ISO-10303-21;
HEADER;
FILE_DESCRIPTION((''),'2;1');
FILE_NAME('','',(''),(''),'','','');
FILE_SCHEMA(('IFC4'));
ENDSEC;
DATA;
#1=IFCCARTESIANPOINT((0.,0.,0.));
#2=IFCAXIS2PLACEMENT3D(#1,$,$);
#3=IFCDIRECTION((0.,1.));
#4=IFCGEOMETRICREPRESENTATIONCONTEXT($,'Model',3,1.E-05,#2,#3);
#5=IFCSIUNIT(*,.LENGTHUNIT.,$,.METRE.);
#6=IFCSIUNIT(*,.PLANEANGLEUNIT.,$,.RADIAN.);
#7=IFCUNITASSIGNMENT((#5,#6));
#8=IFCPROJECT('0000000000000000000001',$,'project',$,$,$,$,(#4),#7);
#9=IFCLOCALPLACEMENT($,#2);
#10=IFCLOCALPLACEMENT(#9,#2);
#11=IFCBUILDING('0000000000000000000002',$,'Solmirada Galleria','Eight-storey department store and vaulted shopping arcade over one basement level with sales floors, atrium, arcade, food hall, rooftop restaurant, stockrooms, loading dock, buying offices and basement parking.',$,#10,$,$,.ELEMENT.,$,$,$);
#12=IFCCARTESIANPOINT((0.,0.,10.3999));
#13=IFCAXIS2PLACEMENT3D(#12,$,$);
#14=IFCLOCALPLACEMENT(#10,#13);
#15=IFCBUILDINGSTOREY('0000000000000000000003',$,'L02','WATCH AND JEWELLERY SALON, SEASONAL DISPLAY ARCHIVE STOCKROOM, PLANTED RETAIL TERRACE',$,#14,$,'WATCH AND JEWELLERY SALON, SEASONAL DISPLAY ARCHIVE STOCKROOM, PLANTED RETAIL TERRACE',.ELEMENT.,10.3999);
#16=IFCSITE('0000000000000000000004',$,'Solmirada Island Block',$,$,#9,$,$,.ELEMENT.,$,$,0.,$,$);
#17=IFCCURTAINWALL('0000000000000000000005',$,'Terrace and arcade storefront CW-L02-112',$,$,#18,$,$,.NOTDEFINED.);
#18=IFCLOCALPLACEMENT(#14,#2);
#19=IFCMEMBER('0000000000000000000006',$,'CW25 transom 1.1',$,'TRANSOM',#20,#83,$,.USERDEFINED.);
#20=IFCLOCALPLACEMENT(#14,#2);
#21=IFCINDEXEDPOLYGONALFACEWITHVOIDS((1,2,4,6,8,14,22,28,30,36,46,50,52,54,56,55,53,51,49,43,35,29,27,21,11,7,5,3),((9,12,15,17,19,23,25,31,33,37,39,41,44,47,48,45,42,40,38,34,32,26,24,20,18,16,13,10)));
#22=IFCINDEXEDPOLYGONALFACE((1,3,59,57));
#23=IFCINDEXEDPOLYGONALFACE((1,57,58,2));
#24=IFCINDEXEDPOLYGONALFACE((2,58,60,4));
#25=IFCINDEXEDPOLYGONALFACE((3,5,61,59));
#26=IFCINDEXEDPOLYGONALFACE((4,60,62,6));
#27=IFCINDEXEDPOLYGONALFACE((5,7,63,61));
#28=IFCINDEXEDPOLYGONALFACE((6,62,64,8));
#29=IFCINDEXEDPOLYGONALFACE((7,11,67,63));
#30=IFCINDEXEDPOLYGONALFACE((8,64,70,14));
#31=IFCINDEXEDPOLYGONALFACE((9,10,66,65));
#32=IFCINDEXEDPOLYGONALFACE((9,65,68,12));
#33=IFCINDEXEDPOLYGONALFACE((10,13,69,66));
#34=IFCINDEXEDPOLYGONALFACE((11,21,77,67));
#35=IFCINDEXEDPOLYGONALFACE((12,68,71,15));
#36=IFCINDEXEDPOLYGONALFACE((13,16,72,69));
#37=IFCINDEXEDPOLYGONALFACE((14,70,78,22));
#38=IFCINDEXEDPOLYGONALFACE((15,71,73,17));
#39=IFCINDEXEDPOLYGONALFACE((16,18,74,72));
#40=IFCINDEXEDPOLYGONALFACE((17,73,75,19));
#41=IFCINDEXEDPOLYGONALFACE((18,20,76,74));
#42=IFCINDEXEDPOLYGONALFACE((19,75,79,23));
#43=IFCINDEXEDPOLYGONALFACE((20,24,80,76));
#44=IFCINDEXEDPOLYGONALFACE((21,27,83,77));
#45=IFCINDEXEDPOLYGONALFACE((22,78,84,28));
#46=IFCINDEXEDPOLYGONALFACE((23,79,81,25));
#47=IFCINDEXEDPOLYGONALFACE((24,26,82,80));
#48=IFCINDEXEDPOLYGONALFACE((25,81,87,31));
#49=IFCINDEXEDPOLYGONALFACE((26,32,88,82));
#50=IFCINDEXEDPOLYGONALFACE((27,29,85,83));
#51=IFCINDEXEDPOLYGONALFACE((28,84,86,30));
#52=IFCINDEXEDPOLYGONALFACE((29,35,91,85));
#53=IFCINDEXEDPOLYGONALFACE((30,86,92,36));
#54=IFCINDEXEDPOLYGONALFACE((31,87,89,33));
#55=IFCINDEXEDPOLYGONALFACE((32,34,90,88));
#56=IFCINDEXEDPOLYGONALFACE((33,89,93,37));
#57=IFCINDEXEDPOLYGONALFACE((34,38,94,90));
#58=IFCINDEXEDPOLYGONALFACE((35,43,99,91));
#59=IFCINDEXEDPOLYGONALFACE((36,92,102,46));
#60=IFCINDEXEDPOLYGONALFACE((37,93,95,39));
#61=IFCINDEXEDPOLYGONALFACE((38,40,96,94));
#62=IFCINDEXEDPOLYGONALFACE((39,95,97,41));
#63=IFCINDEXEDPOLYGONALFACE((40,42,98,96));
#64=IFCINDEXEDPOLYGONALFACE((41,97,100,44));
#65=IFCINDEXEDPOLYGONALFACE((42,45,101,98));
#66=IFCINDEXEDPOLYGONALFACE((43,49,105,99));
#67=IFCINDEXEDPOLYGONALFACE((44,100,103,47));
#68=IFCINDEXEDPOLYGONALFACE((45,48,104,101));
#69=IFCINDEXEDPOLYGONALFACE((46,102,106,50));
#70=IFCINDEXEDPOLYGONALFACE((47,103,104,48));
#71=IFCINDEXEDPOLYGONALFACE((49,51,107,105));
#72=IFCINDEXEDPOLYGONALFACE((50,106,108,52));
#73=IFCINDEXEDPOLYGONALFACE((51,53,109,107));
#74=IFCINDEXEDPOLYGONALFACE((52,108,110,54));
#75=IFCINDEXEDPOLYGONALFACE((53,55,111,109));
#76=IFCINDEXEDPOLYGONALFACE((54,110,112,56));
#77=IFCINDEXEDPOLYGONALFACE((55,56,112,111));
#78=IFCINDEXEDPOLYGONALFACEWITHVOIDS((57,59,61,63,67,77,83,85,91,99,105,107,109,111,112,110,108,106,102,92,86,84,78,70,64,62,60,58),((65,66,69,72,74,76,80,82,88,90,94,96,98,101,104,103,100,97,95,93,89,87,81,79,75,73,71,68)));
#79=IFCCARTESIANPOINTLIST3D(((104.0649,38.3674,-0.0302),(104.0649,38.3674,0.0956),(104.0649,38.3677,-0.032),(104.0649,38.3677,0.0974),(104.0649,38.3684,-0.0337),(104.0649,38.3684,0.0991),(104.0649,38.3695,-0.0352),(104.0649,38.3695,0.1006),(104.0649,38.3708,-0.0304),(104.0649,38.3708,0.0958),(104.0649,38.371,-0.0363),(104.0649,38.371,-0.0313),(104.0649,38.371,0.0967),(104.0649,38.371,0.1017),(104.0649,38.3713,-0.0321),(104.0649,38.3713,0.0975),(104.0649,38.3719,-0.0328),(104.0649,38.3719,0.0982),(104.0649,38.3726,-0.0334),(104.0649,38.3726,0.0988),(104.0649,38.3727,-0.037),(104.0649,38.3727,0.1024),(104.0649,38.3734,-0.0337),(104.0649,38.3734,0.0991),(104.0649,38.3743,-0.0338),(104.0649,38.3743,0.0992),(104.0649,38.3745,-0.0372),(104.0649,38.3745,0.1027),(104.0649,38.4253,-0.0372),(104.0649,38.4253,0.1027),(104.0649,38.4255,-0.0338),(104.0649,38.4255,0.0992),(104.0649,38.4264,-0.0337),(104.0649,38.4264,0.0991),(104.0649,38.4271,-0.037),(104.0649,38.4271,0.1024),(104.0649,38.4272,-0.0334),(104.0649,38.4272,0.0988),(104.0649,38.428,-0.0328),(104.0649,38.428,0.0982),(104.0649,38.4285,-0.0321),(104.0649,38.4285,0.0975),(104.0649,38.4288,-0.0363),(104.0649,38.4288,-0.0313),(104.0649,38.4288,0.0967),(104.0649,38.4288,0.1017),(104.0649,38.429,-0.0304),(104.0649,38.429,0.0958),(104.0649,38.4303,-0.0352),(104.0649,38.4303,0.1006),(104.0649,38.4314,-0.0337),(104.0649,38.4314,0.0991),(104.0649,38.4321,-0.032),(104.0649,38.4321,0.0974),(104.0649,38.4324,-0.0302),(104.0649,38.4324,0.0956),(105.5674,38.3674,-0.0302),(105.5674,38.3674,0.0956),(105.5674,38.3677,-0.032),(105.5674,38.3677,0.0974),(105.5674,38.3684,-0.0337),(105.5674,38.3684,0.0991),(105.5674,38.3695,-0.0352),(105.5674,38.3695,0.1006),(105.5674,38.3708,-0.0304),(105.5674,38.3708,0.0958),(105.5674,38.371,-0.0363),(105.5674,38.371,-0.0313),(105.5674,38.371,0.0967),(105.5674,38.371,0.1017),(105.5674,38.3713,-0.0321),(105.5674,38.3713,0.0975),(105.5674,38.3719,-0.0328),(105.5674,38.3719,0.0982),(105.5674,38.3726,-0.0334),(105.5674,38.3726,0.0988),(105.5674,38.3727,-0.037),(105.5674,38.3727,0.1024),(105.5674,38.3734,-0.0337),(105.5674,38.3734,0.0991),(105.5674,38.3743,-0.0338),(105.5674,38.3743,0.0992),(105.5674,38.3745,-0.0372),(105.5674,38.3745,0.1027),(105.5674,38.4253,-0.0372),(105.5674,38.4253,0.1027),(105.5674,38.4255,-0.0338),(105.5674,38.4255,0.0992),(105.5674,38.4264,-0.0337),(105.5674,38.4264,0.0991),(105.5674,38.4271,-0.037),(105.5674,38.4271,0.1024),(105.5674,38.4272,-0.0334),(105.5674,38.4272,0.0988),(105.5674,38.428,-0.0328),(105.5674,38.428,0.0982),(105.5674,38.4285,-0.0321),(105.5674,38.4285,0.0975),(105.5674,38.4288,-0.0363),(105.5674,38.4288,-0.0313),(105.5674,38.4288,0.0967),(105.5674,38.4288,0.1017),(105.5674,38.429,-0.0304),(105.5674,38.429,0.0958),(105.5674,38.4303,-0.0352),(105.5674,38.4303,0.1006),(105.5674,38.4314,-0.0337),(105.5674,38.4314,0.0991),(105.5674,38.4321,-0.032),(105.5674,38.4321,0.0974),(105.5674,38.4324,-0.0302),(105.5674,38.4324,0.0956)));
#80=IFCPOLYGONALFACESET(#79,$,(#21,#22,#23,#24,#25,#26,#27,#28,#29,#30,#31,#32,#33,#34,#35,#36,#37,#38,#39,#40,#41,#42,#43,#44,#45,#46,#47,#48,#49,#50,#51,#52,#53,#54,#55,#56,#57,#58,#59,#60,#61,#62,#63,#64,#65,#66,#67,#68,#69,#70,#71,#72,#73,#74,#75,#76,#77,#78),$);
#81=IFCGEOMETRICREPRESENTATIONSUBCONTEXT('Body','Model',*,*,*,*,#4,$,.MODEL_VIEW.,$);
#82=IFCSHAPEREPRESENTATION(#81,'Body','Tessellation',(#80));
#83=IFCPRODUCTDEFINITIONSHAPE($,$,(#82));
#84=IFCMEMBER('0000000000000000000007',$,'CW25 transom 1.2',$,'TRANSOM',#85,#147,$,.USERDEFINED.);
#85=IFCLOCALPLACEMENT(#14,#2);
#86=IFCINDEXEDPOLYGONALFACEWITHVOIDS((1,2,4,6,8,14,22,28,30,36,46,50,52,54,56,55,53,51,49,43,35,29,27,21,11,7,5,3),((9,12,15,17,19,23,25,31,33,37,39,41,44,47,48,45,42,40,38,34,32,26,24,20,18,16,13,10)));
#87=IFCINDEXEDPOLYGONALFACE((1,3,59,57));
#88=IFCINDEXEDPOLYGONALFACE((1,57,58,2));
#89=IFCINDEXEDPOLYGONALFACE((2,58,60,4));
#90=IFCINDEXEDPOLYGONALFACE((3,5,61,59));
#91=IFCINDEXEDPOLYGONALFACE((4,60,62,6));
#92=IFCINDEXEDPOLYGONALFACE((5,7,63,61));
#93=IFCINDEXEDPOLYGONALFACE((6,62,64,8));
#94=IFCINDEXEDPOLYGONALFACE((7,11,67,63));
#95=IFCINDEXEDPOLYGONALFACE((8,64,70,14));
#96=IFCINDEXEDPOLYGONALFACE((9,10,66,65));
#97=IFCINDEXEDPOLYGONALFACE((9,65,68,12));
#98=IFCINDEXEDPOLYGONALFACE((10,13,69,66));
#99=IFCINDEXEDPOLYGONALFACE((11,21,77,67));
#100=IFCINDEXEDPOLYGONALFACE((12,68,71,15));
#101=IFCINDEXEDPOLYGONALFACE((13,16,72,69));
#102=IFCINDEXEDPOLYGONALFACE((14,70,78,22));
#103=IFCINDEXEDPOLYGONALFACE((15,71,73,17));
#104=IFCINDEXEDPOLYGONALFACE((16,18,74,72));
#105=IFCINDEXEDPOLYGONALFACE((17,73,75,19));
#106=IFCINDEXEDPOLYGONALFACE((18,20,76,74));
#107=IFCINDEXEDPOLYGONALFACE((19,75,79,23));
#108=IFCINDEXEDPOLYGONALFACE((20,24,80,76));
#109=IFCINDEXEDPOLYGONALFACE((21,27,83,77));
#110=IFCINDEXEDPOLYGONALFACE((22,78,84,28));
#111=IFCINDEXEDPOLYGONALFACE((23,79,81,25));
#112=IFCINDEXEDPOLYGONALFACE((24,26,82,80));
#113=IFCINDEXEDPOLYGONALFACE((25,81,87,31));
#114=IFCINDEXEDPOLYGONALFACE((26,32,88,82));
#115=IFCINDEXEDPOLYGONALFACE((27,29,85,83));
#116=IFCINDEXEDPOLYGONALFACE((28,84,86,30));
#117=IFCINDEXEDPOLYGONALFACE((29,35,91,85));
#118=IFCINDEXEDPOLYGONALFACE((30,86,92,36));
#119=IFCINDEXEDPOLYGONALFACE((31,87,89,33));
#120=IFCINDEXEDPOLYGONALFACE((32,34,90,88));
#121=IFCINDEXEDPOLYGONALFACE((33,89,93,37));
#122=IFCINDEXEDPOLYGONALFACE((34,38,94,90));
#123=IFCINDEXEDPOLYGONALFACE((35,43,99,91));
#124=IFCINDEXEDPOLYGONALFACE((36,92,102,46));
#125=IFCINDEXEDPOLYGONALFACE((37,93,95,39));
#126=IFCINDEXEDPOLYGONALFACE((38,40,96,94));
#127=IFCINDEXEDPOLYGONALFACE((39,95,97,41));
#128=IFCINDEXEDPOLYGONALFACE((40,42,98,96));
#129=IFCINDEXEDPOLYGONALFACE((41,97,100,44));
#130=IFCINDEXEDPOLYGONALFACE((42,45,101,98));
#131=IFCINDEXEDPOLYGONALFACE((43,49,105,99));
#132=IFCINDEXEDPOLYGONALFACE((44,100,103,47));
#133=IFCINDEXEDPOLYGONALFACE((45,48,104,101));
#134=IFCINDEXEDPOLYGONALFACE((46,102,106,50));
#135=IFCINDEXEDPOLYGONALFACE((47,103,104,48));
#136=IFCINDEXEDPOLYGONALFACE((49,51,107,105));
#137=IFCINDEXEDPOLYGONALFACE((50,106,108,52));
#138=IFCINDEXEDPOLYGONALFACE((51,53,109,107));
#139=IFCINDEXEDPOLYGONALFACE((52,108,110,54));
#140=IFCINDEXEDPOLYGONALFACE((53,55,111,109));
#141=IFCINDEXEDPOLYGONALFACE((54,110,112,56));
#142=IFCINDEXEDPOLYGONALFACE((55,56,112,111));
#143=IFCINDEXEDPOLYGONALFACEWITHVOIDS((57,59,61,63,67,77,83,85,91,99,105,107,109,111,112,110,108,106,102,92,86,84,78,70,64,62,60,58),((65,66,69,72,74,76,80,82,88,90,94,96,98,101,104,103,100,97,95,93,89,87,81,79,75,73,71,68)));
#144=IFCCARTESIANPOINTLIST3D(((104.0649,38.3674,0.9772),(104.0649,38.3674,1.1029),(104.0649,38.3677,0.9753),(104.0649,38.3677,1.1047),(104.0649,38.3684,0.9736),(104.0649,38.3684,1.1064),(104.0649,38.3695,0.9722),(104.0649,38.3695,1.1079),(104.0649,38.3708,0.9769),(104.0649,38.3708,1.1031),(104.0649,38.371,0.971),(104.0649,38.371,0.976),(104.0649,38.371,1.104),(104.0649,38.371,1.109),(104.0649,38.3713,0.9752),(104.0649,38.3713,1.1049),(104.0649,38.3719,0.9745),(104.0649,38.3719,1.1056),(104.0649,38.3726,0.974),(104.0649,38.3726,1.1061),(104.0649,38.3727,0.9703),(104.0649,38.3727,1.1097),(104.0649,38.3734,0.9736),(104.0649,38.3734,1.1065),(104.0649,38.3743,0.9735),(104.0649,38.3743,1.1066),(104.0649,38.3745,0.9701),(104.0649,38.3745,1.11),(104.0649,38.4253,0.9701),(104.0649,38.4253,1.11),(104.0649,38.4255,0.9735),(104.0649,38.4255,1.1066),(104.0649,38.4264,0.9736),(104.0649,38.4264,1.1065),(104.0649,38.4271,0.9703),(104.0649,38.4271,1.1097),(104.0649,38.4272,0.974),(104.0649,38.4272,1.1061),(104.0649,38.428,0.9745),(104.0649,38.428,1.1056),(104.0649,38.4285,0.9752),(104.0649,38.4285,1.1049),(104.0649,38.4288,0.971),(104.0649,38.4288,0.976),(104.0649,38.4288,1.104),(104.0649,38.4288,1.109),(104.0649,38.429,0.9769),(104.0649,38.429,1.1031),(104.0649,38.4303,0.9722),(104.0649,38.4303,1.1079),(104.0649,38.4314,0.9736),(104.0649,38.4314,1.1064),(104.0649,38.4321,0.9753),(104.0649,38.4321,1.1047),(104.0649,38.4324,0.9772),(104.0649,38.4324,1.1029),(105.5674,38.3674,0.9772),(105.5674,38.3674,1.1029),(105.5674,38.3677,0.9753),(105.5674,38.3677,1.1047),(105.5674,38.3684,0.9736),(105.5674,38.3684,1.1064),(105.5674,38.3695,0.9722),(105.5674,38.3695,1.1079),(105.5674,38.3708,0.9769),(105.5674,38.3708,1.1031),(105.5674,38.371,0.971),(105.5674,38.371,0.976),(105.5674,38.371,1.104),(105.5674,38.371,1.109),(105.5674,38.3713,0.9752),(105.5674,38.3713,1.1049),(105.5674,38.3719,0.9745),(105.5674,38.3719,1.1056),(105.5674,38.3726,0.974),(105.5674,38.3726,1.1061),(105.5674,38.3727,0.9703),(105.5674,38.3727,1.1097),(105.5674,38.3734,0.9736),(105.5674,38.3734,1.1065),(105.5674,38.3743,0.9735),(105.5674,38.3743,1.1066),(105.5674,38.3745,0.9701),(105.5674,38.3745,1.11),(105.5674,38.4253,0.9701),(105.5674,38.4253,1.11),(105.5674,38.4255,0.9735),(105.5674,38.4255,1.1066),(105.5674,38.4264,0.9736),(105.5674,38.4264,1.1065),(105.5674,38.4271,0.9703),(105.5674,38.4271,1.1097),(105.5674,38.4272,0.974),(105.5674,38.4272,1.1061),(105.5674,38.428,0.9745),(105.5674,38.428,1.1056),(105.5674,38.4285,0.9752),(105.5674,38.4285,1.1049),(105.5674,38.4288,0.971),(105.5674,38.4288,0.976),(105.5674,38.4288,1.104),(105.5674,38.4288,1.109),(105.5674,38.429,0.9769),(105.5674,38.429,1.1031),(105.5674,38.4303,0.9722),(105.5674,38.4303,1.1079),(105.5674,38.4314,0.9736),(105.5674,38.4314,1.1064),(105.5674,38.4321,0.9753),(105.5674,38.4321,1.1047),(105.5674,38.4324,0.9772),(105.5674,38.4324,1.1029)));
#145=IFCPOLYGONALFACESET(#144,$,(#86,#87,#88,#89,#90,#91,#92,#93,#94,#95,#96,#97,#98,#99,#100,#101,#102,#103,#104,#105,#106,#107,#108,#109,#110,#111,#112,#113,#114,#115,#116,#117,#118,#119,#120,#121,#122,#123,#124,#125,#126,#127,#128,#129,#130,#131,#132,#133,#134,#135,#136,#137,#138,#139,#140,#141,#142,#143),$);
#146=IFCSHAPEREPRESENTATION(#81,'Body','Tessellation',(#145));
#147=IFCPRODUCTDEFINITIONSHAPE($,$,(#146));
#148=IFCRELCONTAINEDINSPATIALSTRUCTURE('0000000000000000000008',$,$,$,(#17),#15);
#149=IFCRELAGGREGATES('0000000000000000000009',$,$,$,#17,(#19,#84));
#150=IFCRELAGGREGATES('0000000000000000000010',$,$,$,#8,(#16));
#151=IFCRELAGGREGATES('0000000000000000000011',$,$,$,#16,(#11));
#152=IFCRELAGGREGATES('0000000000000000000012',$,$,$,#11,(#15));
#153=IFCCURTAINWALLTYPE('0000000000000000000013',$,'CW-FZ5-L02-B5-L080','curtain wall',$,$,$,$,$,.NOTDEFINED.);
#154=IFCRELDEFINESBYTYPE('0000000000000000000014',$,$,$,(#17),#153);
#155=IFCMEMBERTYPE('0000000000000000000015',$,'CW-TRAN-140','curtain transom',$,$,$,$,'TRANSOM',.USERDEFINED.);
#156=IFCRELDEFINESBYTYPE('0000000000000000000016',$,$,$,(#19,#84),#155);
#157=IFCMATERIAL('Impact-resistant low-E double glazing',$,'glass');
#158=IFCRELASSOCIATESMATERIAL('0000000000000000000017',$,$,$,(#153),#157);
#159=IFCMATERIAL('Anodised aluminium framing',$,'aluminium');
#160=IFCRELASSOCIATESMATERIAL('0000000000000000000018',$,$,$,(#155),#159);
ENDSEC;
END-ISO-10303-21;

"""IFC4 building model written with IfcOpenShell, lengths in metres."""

from ifc_helpers import new_model, si_unit, direction, frame, origin, origin_2d, place, context, subcontext, project, spatial, hollow_rectangle, extrude, material, material_profile, profile_set, type_object, element, aggregate, save


model = new_model("IFC4")

# Units and contexts
model_context = context("Model", 3, precision=1e-05, world=origin(), true_north=direction((0.0, 1.0)))
body_context = subcontext(model_context, "Body", "Model", "MODEL_VIEW")
ifc_project = project(units=[si_unit("LENGTHUNIT", "METRE"), si_unit("PLANEANGLEUNIT", "RADIAN")], contexts=[model_context])

# Site, building, storey
site_placement = place(None, origin())
site = spatial("IfcSite", under=ifc_project, at=site_placement, Name="Solmirada Island Block", CompositionType="ELEMENT", RefElevation=0.0)
building_placement = place(site_placement, origin())
building = spatial("IfcBuilding", under=site, at=building_placement, Name="Solmirada Galleria", Description="Eight-storey department store and vaulted shopping arcade over one basement level with sales floors, atrium, arcade, food hall, rooftop restaurant, stockrooms, loading dock, buying offices and basement parking.", CompositionType="ELEMENT")
storey_placement = place(building_placement, frame((0.0, 0.0, 10.3999)))
storey = spatial("IfcBuildingStorey", under=building, at=storey_placement, Name="L02", Description="WATCH AND JEWELLERY SALON, SEASONAL DISPLAY ARCHIVE STOCKROOM, PLANTED RETAIL TERRACE", LongName="WATCH AND JEWELLERY SALON, SEASONAL DISPLAY ARCHIVE STOCKROOM, PLANTED RETAIL TERRACE", CompositionType="ELEMENT", Elevation=10.3999)

# Curtain wall
ifc_material_1 = material(Name="Impact-resistant low-E double glazing", Category="glass")
curtain_wall_type = type_object("IfcCurtainWallType", Name="CW-FZ5-L02-B5-L080", Description="curtain wall", PredefinedType="NOTDEFINED", material=ifc_material_1)
ifc_material_2 = material(Name="Anodised aluminium framing", Category="aluminium")
curtain_wall_1_placement = place(storey_placement, origin())
curtain_wall_1 = element("IfcCurtainWall", 1, at=curtain_wall_1_placement, inside=storey, type_object=curtain_wall_type, Name="Terrace and arcade storefront CW-L02-112", PredefinedType="NOTDEFINED")

# Members
ifc_material_profile_1 = material_profile(ifc_material_2, hollow_rectangle(XDim=0.0649, YDim=0.1399, WallThickness=0.0034, InnerFilletRadius=0.0034, OuterFilletRadius=0.0071, at=origin_2d()), Name="ALU-TRAN-140X65")
ifc_profile_set_1 = profile_set([ifc_material_profile_1], Name="Anodised aluminium framing")
member_type_1 = type_object("IfcMemberType", Name="CW-TRAN-140", Description="curtain transom", ElementType="TRANSOM", PredefinedType="USERDEFINED", material=ifc_profile_set_1)
member_1_placement = place(storey_placement, frame((104.0649, 38.3999, 0.0327), z_axis=(1.0, 0.0, 0.0), x_axis=(0.0, 1.0, 0.0)))
member_1 = element("IfcMember", 2, at=member_1_placement, type_object=member_type_1, Name="CW25 transom 1.1", ObjectType="TRANSOM", PredefinedType="USERDEFINED", context=body_context, shape_type="SweptSolid", body=[
    extrude(hollow_rectangle(XDim=0.0649, YDim=0.1399, WallThickness=0.0034, InnerFilletRadius=0.0034, OuterFilletRadius=0.0071, at=origin_2d()), origin(), (0.0, 0.0, 1.0), 1.5024),
])
member_2_placement = place(storey_placement, frame((104.0649, 38.3999, 1.04), z_axis=(1.0, 0.0, 0.0), x_axis=(0.0, 1.0, 0.0)))
member_2 = element("IfcMember", 3, at=member_2_placement, type_object=member_type_1, Name="CW25 transom 1.2", ObjectType="TRANSOM", PredefinedType="USERDEFINED", context=body_context, shape_type="SweptSolid", body=[
    extrude(hollow_rectangle(XDim=0.0649, YDim=0.1399, WallThickness=0.0034, InnerFilletRadius=0.0034, OuterFilletRadius=0.0071, at=origin_2d()), origin(), (0.0, 0.0, 1.0), 1.5024),
])

aggregate(curtain_wall_1, [member_1, member_2])

save(model, "model.ifc")
